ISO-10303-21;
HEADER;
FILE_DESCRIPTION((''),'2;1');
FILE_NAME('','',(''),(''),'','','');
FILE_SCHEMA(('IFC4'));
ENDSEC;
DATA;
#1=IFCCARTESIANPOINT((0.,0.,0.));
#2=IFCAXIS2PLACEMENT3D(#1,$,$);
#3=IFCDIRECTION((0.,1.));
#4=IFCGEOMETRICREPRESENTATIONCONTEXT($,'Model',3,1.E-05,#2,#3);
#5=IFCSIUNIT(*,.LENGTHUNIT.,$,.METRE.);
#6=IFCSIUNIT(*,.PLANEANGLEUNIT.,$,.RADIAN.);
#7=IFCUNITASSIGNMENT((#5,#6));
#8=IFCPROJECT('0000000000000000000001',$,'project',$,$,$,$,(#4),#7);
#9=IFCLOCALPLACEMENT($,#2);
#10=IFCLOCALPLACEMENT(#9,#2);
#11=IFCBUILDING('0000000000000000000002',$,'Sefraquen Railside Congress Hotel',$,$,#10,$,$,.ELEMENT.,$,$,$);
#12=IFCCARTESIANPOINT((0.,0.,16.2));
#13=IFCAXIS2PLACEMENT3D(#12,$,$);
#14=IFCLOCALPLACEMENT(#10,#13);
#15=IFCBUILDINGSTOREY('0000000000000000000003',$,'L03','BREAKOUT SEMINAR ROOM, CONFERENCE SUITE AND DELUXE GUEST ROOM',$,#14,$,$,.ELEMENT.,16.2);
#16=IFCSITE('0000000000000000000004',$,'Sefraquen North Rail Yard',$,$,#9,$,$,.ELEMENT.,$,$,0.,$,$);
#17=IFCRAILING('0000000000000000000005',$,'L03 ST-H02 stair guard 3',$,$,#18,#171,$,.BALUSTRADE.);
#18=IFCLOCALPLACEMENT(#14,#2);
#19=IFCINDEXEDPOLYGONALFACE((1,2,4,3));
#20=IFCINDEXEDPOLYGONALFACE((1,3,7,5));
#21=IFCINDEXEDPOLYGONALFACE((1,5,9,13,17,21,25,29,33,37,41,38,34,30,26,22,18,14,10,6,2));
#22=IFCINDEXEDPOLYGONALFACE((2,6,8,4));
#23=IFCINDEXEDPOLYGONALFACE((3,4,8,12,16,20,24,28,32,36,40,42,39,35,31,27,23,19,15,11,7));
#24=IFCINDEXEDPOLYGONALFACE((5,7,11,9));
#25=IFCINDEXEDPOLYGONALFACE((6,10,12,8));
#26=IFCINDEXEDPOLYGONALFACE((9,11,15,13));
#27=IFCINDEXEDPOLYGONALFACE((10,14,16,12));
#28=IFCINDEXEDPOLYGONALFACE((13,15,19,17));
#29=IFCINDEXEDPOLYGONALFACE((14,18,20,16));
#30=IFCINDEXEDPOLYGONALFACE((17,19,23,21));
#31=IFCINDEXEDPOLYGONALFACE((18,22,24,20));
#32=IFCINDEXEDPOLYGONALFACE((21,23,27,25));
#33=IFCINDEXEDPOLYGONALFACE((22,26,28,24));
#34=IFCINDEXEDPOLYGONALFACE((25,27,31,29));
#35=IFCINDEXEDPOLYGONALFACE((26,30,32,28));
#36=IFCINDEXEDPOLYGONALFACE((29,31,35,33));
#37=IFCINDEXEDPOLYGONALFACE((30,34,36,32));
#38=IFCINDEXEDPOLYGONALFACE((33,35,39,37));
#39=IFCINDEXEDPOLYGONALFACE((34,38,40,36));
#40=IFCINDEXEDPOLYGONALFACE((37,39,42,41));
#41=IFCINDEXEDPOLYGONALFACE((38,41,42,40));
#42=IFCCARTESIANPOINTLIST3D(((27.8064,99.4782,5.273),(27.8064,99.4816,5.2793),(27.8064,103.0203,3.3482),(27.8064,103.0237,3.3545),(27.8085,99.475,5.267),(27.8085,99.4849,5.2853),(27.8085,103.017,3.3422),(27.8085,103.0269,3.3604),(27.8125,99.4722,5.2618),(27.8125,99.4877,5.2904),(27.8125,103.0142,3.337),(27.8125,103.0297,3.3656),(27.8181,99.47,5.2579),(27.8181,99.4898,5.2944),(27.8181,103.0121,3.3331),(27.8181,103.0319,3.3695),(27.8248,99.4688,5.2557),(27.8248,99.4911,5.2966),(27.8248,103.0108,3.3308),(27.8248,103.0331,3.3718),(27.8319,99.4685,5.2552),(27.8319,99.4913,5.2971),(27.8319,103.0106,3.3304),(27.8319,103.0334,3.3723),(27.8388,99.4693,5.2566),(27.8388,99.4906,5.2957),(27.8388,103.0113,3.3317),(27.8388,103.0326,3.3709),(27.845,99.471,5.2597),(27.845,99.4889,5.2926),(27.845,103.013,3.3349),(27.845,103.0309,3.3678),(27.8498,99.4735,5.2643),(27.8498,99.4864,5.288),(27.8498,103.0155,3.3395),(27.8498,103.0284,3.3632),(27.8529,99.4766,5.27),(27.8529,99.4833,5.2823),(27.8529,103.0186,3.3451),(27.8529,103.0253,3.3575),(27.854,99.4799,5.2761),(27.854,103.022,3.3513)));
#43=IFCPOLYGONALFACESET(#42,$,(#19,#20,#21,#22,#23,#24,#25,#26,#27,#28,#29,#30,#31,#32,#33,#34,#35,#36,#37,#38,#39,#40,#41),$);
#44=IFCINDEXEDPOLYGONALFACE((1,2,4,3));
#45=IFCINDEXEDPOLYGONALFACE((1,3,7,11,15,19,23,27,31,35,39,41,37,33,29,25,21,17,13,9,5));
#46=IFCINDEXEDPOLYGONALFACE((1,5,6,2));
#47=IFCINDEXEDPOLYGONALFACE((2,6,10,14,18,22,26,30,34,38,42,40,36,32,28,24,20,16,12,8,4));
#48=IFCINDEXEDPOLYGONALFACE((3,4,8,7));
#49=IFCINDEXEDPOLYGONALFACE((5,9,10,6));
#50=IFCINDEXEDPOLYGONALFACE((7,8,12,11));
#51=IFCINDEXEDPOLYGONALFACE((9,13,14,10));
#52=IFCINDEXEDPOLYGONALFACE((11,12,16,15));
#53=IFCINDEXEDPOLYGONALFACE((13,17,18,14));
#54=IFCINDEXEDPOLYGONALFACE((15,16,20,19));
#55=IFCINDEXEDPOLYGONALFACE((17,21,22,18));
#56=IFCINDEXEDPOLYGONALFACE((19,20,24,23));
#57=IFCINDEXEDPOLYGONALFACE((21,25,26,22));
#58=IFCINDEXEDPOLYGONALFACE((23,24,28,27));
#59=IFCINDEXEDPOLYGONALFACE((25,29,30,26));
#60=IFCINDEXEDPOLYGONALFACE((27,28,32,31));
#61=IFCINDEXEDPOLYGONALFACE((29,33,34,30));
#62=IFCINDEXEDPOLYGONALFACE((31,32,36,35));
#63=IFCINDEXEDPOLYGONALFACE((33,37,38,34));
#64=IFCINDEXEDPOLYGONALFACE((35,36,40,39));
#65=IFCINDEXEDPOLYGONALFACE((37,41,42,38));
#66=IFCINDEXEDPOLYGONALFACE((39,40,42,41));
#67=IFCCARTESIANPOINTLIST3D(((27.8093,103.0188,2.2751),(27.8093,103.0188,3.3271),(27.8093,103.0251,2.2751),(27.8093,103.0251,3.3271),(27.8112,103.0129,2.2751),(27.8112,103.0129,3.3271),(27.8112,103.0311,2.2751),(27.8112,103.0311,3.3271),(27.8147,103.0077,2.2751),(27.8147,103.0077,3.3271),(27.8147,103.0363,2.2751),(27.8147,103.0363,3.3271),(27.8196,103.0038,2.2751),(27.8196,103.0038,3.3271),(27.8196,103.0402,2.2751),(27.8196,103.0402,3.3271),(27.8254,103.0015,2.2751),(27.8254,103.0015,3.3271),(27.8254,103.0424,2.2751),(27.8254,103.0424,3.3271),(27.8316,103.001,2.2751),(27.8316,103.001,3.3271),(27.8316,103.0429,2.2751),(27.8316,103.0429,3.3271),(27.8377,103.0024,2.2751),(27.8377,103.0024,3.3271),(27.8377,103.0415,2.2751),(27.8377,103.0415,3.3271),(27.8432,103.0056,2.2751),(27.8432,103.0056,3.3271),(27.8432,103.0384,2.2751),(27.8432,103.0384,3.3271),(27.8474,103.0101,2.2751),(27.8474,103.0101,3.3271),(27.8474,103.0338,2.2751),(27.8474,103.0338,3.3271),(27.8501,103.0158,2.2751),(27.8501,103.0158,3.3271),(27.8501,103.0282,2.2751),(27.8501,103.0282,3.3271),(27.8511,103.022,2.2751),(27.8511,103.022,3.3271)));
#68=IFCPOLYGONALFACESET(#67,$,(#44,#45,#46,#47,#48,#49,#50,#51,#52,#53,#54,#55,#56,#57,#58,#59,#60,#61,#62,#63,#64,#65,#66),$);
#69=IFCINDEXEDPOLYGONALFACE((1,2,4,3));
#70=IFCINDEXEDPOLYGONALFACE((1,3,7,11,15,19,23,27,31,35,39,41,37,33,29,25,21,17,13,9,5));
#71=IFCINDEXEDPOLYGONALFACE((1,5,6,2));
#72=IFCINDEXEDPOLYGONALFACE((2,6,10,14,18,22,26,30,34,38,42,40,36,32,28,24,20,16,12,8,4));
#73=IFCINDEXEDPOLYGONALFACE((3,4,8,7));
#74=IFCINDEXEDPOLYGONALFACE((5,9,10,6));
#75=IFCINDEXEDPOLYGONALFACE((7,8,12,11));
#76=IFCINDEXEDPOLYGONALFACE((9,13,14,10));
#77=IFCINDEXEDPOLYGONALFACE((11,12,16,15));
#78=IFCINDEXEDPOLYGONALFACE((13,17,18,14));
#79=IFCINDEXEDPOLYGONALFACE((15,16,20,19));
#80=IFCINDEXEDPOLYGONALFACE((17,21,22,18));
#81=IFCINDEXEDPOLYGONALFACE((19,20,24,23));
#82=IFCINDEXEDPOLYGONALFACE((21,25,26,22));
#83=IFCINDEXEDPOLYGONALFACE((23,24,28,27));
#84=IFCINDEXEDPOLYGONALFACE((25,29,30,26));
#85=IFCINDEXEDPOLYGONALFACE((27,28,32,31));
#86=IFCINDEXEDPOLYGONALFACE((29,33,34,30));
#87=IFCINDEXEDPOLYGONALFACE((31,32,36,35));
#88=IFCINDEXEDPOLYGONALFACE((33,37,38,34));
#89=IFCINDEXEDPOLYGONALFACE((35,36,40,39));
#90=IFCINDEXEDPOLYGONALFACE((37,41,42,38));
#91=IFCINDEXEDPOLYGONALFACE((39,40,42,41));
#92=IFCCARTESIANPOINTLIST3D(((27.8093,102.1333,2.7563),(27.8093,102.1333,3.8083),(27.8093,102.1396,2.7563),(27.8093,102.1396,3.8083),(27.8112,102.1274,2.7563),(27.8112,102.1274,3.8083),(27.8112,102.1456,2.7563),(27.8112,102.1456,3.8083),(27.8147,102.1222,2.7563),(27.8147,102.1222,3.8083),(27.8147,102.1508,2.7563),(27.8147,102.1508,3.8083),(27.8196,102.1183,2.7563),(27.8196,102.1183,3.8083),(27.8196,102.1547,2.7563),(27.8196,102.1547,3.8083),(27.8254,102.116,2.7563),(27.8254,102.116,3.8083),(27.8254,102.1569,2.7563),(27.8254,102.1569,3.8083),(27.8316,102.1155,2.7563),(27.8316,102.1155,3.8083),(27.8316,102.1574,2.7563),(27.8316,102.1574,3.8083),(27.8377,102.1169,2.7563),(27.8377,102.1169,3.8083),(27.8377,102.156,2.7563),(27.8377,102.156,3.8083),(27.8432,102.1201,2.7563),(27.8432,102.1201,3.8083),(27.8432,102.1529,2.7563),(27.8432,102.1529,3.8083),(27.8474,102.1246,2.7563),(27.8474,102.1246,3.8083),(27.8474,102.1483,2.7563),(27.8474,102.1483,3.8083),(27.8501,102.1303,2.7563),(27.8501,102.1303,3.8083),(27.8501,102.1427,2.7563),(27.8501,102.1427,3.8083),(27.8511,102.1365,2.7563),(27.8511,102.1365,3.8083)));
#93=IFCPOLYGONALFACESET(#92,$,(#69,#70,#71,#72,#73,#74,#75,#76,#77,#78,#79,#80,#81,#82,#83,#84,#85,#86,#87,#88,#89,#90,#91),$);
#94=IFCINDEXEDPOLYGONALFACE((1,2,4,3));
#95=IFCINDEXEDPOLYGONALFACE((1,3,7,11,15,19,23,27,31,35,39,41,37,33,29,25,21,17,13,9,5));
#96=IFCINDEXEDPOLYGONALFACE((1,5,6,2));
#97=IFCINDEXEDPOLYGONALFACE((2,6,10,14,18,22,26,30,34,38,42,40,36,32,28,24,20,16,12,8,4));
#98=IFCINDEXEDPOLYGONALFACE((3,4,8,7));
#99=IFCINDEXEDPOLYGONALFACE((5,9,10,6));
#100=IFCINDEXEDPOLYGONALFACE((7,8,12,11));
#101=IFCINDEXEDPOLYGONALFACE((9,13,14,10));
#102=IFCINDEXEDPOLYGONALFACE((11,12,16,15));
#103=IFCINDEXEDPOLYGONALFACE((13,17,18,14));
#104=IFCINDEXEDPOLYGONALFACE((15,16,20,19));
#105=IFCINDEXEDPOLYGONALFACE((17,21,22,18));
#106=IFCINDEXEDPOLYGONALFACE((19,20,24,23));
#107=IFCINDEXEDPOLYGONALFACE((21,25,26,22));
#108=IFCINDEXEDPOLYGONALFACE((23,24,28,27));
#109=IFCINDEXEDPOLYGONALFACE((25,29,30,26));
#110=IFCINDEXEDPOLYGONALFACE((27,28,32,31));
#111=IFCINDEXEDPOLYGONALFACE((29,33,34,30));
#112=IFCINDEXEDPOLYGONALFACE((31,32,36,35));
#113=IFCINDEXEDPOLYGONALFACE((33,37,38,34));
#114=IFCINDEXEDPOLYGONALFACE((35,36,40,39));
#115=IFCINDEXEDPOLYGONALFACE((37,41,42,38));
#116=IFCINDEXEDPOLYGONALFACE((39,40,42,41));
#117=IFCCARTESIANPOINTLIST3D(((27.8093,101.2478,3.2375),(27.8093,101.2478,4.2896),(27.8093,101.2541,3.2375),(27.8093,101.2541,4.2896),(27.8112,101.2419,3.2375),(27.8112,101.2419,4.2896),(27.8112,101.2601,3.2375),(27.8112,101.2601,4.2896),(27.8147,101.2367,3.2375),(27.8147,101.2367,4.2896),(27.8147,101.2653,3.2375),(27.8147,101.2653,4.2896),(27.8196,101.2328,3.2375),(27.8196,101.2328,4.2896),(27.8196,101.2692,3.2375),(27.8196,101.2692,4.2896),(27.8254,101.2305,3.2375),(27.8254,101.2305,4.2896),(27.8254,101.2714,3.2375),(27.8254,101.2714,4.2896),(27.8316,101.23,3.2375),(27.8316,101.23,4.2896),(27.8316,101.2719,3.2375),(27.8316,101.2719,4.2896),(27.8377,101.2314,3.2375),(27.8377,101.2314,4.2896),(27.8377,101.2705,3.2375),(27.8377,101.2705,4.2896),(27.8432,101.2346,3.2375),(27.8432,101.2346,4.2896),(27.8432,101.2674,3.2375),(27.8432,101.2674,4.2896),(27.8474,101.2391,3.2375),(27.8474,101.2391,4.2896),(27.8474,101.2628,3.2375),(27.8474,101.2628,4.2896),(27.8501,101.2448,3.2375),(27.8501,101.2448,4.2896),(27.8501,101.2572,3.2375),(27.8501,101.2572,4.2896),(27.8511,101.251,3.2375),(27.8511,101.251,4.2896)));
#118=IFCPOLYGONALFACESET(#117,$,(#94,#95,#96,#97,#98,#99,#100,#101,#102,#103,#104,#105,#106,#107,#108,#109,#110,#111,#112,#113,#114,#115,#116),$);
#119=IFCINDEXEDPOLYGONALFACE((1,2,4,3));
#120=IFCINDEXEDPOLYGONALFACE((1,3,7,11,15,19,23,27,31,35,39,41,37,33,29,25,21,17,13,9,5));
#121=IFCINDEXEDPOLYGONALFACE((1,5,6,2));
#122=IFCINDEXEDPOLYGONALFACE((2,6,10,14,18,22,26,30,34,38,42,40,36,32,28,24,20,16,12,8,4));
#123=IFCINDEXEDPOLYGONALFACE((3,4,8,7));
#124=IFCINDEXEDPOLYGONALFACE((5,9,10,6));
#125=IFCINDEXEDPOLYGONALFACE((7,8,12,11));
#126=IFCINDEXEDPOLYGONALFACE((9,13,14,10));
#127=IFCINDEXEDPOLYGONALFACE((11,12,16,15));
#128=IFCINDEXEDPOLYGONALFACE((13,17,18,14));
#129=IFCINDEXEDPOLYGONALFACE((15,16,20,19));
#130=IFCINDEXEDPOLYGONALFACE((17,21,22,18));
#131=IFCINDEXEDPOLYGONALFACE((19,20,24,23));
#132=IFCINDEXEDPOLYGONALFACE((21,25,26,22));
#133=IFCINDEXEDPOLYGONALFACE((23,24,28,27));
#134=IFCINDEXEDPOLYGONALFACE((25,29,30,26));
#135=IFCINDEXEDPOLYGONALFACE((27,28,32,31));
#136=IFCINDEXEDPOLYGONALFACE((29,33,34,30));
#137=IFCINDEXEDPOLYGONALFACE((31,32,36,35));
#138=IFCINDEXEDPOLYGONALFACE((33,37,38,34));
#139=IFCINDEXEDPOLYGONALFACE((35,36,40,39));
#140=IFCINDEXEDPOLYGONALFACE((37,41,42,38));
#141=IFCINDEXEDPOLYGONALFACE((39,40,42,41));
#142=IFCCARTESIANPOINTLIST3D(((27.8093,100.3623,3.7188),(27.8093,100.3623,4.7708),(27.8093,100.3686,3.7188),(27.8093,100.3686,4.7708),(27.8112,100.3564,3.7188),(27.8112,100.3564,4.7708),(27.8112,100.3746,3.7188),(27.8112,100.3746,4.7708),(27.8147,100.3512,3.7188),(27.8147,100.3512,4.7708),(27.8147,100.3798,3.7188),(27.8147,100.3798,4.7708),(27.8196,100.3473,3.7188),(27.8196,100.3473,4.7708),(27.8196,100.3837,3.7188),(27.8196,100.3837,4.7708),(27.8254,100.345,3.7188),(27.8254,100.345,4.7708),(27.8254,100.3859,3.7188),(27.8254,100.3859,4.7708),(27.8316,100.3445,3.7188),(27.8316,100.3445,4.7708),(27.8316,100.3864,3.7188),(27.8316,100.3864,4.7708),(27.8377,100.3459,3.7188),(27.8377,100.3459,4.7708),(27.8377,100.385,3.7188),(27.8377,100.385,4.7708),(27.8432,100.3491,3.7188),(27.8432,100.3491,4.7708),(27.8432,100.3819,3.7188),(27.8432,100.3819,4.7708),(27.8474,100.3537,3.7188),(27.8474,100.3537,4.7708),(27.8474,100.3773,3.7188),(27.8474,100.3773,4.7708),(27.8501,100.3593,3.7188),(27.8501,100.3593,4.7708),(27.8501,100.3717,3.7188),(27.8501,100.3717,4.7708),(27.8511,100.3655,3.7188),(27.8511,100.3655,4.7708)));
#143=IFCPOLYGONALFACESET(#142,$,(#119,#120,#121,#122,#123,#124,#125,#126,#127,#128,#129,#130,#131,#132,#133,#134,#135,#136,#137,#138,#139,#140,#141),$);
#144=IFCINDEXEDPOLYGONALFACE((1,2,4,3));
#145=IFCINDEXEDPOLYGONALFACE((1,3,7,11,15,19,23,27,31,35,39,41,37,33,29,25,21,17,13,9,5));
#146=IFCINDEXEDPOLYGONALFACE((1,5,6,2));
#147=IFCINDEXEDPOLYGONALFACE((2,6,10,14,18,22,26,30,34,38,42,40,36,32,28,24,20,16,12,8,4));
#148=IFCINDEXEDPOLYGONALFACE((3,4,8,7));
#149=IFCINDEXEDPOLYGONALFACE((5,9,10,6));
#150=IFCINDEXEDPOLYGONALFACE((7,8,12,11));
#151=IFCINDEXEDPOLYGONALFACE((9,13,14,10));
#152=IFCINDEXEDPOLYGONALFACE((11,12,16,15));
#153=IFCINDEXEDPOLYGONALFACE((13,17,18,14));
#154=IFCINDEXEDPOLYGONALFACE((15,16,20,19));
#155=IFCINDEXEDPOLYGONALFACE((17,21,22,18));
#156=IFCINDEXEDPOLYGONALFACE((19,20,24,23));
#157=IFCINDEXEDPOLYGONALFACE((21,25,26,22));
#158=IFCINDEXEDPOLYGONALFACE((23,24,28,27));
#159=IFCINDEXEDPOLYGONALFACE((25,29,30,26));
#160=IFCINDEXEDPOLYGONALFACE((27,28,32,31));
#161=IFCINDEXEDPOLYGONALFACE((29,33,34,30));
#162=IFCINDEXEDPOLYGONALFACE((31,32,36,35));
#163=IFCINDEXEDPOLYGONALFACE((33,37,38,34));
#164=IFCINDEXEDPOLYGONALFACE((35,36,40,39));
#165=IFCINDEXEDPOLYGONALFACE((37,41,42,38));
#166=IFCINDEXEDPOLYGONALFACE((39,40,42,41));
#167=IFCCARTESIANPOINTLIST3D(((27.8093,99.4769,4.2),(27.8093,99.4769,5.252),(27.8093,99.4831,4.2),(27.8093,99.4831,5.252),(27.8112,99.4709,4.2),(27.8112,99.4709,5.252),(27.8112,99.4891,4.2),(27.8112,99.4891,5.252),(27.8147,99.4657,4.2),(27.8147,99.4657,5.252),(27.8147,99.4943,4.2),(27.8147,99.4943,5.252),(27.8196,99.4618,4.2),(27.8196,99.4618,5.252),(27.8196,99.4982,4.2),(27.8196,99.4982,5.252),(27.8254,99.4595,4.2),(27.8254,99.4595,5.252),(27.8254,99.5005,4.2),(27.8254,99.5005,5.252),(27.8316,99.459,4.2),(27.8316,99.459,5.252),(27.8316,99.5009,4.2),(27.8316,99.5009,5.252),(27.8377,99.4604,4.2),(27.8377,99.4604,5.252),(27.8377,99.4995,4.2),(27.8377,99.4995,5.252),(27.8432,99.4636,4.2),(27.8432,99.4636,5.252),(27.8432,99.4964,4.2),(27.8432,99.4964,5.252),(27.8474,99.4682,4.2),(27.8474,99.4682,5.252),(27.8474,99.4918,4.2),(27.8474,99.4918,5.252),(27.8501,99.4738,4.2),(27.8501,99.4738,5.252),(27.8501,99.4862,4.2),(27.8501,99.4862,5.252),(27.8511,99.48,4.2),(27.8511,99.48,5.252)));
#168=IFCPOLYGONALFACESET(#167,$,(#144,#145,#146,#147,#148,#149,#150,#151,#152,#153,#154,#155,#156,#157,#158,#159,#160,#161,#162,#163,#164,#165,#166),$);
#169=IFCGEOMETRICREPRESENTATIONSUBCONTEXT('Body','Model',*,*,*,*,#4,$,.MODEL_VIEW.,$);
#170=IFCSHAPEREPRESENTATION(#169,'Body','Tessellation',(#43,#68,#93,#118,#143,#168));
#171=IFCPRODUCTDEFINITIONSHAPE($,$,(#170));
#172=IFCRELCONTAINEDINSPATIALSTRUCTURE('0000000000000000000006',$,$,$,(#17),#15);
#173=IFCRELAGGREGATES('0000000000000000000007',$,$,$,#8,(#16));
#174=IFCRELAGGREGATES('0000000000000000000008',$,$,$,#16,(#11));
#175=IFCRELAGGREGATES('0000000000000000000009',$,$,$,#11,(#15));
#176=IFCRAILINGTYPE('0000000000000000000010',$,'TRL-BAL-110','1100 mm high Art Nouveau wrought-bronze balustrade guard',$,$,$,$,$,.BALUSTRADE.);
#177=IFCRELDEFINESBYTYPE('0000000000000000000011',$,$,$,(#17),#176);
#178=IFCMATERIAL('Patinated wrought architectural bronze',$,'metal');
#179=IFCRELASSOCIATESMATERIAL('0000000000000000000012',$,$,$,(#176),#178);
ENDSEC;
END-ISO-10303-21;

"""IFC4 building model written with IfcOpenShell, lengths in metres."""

from ifc_helpers import new_model, si_unit, direction, frame, origin, origin_2d, place, context, subcontext, project, spatial, circle, extrude, material, type_object, element, save


model = new_model("IFC4")

# Units and contexts
model_context = context("Model", 3, precision=1e-05, world=origin(), true_north=direction((0.0, 1.0)))
body_context = subcontext(model_context, "Body", "Model", "MODEL_VIEW")
ifc_project = project(units=[si_unit("LENGTHUNIT", "METRE"), si_unit("PLANEANGLEUNIT", "RADIAN")], contexts=[model_context])

# Site, building, storey
site_placement = place(None, origin())
site = spatial("IfcSite", under=ifc_project, at=site_placement, Name="Sefraquen North Rail Yard", CompositionType="ELEMENT", RefElevation=0.0)
building_placement = place(site_placement, origin())
building = spatial("IfcBuilding", under=site, at=building_placement, Name="Sefraquen Railside Congress Hotel", CompositionType="ELEMENT")
storey_placement = place(building_placement, frame((0.0, 0.0, 16.2)))
storey = spatial("IfcBuildingStorey", under=building, at=storey_placement, Name="L03", Description="BREAKOUT SEMINAR ROOM, CONFERENCE SUITE AND DELUXE GUEST ROOM", CompositionType="ELEMENT", Elevation=16.2)

# Railing
ifc_material_1 = material(Name="Patinated wrought architectural bronze", Category="metal")
railing_type_1 = type_object("IfcRailingType", Name="TRL-BAL-110", Description="1100 mm high Art Nouveau wrought-bronze balustrade guard", PredefinedType="BALUSTRADE", material=ifc_material_1)
railing_1_placement = place(storey_placement, frame((27.8301, 103.022, 2.2751)))
element("IfcRailing", 1, at=railing_1_placement, inside=storey, type_object=railing_type_1, Name="L03 ST-H02 stair guard 3", PredefinedType="BALUSTRADE", context=body_context, shape_type="SweptSolid", body=[
    extrude(circle(Radius=0.0239, at=origin_2d()), frame((0.0, 0.0, 1.0762), z_axis=(0.0, -0.878644, 0.477477), x_axis=(1.0, 0.0, 0.0)), (0.0, 0.0, 1.0), 4.0312),
    extrude(circle(Radius=0.021, at=origin_2d()), origin(), (0.0, 0.0, 1.0), 1.052),
    extrude(circle(Radius=0.021, at=origin_2d()), frame((0.0, -0.8855, 0.4812)), (0.0, 0.0, 1.0), 1.052),
    extrude(circle(Radius=0.021, at=origin_2d()), frame((0.0, -1.771, 0.9624)), (0.0, 0.0, 1.0), 1.052),
    extrude(circle(Radius=0.021, at=origin_2d()), frame((0.0, -2.6565, 1.4436)), (0.0, 0.0, 1.0), 1.052),
    extrude(circle(Radius=0.021, at=origin_2d()), frame((0.0, -3.542, 1.9248)), (0.0, 0.0, 1.0), 1.052),
])

save(model, "model.ifc")
